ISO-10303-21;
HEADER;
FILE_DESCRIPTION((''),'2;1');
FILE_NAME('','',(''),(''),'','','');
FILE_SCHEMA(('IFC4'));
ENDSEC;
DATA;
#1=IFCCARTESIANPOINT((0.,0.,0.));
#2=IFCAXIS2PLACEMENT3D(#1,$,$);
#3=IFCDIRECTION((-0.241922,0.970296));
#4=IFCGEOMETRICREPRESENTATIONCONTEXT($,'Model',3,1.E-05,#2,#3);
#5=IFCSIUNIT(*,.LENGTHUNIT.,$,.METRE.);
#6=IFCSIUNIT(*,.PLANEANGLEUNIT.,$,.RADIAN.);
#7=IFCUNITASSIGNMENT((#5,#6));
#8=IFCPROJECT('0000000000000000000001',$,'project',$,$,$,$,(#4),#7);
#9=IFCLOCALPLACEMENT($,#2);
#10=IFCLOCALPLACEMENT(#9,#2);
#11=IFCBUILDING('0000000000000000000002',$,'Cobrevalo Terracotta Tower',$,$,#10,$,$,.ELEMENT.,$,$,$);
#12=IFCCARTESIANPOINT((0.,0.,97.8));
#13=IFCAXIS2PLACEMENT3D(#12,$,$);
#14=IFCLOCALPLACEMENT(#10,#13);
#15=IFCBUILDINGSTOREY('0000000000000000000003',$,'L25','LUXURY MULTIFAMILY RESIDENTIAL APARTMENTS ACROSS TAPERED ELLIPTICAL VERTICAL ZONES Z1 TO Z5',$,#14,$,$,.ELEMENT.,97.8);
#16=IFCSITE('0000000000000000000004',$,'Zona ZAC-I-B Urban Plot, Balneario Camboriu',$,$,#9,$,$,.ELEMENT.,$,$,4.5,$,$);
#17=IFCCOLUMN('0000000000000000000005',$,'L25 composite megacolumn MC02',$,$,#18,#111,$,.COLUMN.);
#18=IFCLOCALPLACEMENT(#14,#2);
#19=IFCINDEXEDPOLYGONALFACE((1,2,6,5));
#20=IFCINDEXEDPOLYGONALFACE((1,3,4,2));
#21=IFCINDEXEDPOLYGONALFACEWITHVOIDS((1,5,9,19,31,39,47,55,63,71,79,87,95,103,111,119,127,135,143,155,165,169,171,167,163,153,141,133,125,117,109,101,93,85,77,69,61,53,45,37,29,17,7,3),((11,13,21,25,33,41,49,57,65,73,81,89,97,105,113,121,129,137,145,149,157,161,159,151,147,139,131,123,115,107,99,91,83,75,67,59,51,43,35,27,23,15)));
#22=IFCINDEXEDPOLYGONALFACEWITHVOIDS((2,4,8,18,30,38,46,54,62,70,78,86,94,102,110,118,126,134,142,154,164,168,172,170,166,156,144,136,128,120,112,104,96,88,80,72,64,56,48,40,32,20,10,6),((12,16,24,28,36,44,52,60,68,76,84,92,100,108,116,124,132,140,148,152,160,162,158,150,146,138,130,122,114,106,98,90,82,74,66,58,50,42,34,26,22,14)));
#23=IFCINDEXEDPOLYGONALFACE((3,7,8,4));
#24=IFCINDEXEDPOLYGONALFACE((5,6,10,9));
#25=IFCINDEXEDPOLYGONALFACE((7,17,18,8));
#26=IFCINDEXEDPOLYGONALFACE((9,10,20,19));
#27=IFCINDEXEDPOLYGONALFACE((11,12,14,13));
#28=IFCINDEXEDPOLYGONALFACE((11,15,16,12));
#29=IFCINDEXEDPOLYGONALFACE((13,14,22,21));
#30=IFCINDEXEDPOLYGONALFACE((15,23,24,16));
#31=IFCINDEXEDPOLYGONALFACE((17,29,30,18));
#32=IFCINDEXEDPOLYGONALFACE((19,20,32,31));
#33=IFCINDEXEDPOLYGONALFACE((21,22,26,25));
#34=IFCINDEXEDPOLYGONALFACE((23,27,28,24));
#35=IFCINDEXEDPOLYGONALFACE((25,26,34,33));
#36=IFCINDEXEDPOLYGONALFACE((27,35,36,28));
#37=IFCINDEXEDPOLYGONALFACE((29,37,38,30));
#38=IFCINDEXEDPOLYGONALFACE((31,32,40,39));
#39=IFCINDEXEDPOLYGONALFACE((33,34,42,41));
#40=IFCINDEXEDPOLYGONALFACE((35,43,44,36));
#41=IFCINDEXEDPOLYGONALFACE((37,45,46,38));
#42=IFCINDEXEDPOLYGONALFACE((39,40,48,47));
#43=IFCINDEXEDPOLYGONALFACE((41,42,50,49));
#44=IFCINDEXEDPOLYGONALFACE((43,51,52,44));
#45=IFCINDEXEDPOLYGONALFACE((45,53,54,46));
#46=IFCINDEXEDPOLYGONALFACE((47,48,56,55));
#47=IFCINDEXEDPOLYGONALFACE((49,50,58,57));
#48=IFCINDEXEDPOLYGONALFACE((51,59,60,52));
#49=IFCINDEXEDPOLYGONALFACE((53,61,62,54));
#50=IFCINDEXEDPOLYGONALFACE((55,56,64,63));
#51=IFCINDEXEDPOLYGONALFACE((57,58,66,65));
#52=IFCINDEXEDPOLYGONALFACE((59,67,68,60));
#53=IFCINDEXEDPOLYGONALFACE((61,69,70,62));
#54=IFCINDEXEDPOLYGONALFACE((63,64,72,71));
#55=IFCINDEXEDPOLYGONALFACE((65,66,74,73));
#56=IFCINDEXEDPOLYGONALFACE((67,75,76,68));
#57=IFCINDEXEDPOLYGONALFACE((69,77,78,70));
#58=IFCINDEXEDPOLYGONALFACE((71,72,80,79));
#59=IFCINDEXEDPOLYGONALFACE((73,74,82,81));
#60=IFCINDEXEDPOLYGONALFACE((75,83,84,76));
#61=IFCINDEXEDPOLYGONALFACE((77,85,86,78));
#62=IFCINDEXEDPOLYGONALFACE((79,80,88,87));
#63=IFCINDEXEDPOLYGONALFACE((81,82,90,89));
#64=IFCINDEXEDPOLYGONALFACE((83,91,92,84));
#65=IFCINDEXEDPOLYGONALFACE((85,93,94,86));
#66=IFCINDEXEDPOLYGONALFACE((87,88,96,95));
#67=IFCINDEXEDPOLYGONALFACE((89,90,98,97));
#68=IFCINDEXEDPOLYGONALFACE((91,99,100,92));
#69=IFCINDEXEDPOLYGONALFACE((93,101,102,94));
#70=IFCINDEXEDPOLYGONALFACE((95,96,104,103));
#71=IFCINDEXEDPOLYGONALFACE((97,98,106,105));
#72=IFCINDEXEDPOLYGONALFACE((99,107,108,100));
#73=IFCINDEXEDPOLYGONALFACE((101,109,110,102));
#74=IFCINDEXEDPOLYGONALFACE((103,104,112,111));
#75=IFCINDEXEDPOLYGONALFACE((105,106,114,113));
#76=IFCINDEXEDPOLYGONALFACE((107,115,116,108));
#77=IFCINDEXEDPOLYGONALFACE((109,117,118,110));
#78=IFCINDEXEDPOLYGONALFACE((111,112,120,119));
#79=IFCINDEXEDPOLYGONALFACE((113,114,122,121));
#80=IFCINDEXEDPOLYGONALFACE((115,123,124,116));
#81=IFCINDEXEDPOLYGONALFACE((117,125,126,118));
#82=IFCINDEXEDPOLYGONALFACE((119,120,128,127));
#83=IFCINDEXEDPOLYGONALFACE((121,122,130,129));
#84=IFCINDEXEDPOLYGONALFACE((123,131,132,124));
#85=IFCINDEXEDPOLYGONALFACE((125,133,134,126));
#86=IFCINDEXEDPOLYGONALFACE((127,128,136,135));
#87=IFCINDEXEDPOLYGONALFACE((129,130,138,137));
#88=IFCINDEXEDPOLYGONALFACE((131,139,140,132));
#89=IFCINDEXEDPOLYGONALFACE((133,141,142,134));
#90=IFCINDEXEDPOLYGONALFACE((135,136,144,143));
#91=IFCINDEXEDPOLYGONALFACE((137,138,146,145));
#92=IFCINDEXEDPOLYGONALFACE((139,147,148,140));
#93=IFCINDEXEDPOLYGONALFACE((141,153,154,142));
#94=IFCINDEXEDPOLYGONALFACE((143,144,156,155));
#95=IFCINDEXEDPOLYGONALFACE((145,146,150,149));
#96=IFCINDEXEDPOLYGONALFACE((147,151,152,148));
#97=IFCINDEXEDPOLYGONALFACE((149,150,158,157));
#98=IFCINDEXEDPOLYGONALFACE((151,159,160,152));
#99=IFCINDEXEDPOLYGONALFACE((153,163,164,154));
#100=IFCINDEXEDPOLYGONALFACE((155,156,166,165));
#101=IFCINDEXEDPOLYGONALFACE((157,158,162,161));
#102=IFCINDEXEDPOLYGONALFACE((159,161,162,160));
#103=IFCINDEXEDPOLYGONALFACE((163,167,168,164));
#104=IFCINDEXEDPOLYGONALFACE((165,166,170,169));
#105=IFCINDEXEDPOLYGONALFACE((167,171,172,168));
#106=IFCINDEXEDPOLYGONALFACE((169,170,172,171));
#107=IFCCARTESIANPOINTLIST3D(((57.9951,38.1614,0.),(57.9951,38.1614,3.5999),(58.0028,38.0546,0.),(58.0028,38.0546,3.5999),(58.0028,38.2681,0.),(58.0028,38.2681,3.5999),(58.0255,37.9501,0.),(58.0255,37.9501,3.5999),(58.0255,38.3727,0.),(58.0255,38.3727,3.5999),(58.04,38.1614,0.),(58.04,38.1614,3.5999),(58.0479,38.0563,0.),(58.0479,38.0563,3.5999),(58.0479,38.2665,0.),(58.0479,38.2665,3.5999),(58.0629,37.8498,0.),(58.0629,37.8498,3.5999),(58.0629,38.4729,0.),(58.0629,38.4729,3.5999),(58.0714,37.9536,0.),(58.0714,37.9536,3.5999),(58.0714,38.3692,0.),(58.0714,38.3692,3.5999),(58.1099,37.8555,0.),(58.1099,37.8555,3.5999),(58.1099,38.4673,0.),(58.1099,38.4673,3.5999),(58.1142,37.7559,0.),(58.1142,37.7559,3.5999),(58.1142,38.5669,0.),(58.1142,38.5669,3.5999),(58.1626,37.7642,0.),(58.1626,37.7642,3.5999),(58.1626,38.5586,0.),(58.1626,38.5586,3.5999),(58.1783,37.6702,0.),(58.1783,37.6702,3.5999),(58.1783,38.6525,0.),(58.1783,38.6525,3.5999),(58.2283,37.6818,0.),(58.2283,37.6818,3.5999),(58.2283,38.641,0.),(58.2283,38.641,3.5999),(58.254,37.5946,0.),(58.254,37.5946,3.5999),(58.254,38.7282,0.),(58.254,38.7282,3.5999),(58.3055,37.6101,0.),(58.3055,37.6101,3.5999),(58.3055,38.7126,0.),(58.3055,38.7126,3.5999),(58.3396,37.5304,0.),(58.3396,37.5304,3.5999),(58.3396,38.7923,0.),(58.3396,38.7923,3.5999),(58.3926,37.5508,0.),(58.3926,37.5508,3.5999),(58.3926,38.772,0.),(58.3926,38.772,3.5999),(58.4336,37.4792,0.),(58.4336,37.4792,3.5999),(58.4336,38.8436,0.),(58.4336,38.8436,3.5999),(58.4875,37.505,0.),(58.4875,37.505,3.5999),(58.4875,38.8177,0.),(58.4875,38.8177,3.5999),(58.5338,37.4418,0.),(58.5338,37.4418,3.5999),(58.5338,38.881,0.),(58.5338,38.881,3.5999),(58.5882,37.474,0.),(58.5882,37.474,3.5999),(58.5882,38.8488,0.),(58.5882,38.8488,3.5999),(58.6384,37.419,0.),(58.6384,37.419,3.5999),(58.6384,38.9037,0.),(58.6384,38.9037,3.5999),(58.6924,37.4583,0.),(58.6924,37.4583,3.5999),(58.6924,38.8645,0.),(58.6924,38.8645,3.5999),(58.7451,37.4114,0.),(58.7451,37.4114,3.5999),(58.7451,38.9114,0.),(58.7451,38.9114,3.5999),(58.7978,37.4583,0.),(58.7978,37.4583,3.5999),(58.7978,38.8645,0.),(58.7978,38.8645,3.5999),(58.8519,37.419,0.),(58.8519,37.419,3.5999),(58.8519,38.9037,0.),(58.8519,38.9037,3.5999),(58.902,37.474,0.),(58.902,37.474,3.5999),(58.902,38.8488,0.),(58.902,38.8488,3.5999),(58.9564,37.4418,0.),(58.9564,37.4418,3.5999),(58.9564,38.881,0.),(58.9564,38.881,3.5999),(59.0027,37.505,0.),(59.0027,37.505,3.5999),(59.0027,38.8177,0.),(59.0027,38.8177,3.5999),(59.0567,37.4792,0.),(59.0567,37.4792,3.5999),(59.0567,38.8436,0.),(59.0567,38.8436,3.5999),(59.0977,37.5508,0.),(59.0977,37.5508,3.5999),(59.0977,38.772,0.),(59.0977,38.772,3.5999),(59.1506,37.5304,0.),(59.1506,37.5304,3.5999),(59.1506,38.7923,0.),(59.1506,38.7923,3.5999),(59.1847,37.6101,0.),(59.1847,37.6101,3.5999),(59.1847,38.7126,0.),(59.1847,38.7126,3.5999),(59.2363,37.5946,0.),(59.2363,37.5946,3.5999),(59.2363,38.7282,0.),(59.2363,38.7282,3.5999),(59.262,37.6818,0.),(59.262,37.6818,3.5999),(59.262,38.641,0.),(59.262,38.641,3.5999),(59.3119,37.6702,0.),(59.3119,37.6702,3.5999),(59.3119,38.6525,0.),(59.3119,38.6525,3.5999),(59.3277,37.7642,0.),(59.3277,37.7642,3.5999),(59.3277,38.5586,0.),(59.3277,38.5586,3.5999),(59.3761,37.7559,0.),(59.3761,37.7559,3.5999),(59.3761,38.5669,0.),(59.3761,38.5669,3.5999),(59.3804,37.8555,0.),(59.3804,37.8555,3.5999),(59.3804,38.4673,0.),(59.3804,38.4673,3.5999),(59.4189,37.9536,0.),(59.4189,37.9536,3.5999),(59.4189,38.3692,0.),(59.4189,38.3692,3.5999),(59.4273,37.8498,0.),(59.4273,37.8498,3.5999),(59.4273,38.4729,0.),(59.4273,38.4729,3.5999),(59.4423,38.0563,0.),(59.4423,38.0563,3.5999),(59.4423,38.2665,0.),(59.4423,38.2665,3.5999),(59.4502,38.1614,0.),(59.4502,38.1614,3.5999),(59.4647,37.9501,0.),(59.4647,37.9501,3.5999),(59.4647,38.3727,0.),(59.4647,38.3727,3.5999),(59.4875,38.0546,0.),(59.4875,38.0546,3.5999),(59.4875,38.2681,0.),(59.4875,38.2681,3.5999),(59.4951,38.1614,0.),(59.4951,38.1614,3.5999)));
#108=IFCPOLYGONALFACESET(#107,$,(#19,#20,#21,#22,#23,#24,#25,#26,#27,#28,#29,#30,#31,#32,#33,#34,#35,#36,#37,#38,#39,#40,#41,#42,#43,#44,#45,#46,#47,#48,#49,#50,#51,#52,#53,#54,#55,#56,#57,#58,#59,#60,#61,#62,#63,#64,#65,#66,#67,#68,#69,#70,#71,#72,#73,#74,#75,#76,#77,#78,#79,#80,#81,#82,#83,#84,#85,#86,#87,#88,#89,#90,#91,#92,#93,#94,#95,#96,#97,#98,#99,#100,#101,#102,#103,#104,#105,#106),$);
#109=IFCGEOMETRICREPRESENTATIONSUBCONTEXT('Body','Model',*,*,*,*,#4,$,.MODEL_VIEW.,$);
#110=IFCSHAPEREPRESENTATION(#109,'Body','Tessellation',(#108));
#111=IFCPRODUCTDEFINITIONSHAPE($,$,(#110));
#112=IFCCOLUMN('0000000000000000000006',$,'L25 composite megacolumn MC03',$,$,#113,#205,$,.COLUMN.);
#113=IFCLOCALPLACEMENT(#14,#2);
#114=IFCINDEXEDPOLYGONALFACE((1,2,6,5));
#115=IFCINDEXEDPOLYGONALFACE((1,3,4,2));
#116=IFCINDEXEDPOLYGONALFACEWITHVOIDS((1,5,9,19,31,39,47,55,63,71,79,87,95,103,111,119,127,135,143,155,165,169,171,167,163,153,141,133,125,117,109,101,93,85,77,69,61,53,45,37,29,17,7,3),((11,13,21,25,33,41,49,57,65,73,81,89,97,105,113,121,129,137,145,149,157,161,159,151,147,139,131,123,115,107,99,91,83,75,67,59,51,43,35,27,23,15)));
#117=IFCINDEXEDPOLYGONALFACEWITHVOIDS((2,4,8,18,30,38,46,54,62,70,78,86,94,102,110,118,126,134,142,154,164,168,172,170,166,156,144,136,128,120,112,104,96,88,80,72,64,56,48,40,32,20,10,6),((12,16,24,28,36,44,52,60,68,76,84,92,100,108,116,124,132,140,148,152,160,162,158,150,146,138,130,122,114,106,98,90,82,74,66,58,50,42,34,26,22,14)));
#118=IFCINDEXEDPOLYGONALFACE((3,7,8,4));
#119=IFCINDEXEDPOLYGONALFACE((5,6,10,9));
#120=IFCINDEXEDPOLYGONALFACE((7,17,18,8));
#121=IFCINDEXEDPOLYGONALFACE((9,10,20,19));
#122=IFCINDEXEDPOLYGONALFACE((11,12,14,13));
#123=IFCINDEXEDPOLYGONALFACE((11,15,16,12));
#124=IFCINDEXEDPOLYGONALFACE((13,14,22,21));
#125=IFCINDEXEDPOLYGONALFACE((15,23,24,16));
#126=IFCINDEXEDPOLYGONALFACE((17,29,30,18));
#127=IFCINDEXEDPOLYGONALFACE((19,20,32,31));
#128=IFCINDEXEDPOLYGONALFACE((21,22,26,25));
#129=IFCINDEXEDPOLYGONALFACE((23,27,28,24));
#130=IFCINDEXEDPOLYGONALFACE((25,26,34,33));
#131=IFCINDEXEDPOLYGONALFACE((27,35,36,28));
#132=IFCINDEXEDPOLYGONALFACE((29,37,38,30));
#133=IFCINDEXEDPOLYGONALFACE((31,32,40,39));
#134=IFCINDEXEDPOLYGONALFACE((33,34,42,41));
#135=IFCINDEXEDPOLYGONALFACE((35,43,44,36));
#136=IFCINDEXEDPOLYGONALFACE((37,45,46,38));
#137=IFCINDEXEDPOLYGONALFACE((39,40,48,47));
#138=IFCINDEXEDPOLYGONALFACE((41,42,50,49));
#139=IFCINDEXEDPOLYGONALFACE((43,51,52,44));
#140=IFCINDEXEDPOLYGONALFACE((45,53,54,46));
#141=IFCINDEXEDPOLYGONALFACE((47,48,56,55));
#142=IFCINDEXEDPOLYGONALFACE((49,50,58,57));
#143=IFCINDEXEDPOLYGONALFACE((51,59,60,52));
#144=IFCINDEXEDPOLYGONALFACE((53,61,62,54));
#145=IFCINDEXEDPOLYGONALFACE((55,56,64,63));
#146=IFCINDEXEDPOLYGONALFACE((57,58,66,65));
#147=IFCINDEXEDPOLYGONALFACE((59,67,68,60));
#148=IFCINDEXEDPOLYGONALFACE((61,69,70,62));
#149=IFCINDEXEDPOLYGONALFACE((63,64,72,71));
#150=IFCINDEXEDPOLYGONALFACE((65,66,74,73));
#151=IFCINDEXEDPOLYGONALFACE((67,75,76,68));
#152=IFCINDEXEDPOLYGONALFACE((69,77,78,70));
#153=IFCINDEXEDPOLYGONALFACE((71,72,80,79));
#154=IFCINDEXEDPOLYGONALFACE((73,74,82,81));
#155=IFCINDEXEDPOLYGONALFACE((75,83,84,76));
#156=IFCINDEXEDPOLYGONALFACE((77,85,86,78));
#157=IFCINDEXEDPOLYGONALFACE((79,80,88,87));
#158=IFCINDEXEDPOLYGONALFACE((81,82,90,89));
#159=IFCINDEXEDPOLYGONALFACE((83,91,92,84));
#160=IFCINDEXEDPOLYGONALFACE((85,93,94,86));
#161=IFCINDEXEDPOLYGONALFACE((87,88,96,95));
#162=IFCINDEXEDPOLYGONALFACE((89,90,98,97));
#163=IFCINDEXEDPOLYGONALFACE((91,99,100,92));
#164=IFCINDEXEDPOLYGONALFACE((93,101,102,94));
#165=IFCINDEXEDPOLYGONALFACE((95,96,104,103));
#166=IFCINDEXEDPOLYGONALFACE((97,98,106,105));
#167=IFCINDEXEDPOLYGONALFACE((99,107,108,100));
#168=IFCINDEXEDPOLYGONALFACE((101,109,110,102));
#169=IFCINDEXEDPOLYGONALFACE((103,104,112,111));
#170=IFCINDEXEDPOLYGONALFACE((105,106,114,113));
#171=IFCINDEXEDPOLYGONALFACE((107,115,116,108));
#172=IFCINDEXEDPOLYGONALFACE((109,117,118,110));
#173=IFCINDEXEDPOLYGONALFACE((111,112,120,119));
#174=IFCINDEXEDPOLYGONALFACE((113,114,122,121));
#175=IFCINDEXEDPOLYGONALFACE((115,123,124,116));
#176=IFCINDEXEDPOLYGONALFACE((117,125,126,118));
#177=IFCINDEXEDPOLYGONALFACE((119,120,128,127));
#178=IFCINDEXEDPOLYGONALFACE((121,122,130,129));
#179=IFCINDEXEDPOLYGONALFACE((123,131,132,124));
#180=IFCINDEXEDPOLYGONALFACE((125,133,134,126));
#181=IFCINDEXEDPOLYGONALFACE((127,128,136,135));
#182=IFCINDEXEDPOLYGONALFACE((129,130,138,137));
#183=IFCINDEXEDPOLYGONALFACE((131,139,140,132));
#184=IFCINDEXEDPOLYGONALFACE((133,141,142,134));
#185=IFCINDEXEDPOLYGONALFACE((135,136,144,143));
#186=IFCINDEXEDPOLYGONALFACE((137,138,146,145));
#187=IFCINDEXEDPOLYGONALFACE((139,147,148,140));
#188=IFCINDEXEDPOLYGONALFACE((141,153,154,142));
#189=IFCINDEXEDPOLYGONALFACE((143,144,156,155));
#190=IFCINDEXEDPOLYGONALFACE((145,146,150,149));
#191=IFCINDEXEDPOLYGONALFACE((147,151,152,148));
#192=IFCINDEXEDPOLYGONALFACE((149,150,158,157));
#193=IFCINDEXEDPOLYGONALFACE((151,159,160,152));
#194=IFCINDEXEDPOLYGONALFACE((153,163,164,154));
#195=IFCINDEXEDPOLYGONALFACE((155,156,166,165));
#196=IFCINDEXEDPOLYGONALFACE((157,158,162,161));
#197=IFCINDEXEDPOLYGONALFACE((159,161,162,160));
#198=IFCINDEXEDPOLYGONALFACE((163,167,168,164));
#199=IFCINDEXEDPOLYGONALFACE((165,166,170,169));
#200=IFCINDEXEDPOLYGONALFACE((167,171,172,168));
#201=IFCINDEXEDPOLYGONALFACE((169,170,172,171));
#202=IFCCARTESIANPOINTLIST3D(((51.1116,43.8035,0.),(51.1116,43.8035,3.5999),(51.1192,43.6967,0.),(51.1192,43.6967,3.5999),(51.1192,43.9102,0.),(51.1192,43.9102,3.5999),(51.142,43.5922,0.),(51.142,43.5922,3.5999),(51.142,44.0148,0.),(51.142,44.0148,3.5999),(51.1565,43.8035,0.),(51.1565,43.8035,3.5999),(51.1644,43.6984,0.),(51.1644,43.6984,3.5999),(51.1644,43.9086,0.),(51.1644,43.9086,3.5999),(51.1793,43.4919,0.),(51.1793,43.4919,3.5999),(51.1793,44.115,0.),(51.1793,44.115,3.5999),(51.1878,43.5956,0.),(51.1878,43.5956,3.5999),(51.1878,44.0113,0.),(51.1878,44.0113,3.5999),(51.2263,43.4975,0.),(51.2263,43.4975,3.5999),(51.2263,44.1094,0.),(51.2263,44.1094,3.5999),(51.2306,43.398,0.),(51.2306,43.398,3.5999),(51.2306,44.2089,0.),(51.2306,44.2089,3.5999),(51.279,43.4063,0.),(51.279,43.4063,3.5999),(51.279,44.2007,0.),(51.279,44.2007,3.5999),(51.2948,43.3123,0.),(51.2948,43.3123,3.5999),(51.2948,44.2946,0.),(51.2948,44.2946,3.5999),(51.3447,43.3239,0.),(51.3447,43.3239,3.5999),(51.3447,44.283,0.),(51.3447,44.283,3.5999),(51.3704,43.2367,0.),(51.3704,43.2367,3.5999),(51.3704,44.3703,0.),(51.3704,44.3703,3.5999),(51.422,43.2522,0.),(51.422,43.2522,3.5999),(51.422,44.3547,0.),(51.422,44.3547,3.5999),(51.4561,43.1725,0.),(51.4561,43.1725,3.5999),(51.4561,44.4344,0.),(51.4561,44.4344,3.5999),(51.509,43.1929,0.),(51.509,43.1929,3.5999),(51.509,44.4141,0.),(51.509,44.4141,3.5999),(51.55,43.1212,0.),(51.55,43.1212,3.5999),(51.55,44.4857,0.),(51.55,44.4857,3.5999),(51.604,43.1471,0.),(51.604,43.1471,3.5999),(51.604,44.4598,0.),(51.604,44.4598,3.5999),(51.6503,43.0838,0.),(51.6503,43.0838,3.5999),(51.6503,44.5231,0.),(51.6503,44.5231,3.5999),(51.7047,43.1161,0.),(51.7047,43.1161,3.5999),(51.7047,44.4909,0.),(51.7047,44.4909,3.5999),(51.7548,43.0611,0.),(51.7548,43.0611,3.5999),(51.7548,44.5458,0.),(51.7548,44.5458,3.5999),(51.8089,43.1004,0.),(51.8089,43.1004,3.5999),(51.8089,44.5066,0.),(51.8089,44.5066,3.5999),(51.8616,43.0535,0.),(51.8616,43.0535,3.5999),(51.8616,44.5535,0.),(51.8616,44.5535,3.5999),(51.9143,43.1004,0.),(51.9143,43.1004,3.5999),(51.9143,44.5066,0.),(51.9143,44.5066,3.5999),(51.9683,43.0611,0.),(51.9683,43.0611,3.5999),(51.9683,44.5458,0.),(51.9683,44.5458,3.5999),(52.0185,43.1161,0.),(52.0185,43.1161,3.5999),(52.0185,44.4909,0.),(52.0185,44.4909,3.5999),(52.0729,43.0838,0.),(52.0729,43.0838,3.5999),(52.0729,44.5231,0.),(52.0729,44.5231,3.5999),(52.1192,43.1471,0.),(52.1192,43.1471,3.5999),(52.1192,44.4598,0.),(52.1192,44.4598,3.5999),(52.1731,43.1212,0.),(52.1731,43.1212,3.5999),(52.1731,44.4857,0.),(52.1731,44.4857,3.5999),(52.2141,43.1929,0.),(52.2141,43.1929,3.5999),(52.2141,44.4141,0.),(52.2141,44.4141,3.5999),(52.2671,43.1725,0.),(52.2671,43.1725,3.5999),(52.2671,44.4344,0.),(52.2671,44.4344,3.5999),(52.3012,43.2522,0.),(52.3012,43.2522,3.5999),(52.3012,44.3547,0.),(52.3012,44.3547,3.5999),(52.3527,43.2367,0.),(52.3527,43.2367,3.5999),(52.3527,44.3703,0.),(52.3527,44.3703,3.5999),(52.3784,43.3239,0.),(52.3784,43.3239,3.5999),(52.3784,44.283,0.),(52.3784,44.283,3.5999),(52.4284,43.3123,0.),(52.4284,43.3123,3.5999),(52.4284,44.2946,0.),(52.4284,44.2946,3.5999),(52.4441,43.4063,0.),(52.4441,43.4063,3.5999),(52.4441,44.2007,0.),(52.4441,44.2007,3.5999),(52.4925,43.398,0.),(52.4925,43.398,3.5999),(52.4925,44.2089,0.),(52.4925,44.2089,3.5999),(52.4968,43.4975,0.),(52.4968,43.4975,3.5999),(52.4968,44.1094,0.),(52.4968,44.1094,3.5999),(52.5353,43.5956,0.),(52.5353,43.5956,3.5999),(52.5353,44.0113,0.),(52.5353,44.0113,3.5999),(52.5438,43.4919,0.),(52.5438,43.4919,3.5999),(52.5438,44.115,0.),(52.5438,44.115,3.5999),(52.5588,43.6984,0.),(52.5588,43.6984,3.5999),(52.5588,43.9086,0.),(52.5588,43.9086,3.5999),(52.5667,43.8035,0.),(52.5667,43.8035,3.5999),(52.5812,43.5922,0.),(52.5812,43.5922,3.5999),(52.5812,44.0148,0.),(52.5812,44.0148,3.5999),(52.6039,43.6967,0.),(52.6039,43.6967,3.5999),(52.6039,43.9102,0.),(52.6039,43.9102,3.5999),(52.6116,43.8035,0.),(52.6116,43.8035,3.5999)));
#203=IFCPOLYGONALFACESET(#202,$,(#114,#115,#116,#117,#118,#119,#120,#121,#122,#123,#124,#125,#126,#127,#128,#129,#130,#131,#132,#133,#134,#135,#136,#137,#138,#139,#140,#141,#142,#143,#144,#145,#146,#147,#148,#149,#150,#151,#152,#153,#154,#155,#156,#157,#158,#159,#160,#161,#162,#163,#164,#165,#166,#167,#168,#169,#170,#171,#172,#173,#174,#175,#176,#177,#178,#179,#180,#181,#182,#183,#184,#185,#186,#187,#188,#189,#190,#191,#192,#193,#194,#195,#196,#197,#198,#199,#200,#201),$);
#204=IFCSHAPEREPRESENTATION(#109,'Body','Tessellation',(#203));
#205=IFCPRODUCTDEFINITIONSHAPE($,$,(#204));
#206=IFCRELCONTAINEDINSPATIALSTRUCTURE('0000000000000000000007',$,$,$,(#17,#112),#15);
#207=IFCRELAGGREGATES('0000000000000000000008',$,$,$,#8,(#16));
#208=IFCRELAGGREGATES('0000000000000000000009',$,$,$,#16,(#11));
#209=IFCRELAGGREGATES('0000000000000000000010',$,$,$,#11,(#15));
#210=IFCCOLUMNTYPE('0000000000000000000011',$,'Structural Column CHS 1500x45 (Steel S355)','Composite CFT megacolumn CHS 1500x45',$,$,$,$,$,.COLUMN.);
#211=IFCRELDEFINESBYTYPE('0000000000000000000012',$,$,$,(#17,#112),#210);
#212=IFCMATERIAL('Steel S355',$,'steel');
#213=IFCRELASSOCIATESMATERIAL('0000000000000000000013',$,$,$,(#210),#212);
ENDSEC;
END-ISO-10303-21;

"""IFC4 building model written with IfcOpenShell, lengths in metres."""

from ifc_helpers import new_model, si_unit, direction, frame, origin, origin_2d, place, context, subcontext, project, spatial, hollow_circle, extrude, material, material_profile, profile_set, type_object, element, save


model = new_model("IFC4")

# Units and contexts
model_context = context("Model", 3, precision=1e-05, world=origin(), true_north=direction((-0.241922, 0.970296)))
body_context = subcontext(model_context, "Body", "Model", "MODEL_VIEW")
ifc_project = project(units=[si_unit("LENGTHUNIT", "METRE"), si_unit("PLANEANGLEUNIT", "RADIAN")], contexts=[model_context])

# Site, building, storey
site_placement = place(None, origin())
site = spatial("IfcSite", under=ifc_project, at=site_placement, Name="Zona ZAC-I-B Urban Plot, Balneario Camboriu", CompositionType="ELEMENT", RefElevation=4.5)
building_placement = place(site_placement, origin())
building = spatial("IfcBuilding", under=site, at=building_placement, Name="Cobrevalo Terracotta Tower", CompositionType="ELEMENT")
storey_placement = place(building_placement, frame((0.0, 0.0, 97.8)))
storey = spatial("IfcBuildingStorey", under=building, at=storey_placement, Name="L25", Description="LUXURY MULTIFAMILY RESIDENTIAL APARTMENTS ACROSS TAPERED ELLIPTICAL VERTICAL ZONES Z1 TO Z5", CompositionType="ELEMENT", Elevation=97.8)

# Columns
ifc_material_1 = material(Name="Steel S355", Category="steel")
ifc_material_profile_1 = material_profile(ifc_material_1, hollow_circle(Radius=0.75, WallThickness=0.0449, at=origin_2d()), Name="CHS 1500x45")
ifc_profile_set_1 = profile_set([ifc_material_profile_1], Name="Steel S355")
column_type = type_object("IfcColumnType", Name="Structural Column CHS 1500x45 (Steel S355)", Description="Composite CFT megacolumn CHS 1500x45", PredefinedType="COLUMN", material=ifc_profile_set_1)
for number, where, z_axis, x_axis, name in (
    (1, (58.7451, 38.1614, 0.0), (0.0, 0.0, 1.0), (1.0, 0.0, 0.0), "L25 composite megacolumn MC02"),
    (2, (51.8616, 43.8035, 0.0), (0.0, 0.0, 1.0), (1.0, 0.0, 0.0), "L25 composite megacolumn MC03"),
):
    element("IfcColumn", number, at=place(storey_placement, frame(where, z_axis=z_axis, x_axis=x_axis)), inside=storey, type_object=column_type, Name=name, PredefinedType="COLUMN", context=body_context, shape_type="SweptSolid", body=[
        extrude(hollow_circle(Radius=0.75, WallThickness=0.0449, at=origin_2d()), origin(), (0.0, 0.0, 1.0), 3.5999),
    ])

save(model, "model.ifc")
